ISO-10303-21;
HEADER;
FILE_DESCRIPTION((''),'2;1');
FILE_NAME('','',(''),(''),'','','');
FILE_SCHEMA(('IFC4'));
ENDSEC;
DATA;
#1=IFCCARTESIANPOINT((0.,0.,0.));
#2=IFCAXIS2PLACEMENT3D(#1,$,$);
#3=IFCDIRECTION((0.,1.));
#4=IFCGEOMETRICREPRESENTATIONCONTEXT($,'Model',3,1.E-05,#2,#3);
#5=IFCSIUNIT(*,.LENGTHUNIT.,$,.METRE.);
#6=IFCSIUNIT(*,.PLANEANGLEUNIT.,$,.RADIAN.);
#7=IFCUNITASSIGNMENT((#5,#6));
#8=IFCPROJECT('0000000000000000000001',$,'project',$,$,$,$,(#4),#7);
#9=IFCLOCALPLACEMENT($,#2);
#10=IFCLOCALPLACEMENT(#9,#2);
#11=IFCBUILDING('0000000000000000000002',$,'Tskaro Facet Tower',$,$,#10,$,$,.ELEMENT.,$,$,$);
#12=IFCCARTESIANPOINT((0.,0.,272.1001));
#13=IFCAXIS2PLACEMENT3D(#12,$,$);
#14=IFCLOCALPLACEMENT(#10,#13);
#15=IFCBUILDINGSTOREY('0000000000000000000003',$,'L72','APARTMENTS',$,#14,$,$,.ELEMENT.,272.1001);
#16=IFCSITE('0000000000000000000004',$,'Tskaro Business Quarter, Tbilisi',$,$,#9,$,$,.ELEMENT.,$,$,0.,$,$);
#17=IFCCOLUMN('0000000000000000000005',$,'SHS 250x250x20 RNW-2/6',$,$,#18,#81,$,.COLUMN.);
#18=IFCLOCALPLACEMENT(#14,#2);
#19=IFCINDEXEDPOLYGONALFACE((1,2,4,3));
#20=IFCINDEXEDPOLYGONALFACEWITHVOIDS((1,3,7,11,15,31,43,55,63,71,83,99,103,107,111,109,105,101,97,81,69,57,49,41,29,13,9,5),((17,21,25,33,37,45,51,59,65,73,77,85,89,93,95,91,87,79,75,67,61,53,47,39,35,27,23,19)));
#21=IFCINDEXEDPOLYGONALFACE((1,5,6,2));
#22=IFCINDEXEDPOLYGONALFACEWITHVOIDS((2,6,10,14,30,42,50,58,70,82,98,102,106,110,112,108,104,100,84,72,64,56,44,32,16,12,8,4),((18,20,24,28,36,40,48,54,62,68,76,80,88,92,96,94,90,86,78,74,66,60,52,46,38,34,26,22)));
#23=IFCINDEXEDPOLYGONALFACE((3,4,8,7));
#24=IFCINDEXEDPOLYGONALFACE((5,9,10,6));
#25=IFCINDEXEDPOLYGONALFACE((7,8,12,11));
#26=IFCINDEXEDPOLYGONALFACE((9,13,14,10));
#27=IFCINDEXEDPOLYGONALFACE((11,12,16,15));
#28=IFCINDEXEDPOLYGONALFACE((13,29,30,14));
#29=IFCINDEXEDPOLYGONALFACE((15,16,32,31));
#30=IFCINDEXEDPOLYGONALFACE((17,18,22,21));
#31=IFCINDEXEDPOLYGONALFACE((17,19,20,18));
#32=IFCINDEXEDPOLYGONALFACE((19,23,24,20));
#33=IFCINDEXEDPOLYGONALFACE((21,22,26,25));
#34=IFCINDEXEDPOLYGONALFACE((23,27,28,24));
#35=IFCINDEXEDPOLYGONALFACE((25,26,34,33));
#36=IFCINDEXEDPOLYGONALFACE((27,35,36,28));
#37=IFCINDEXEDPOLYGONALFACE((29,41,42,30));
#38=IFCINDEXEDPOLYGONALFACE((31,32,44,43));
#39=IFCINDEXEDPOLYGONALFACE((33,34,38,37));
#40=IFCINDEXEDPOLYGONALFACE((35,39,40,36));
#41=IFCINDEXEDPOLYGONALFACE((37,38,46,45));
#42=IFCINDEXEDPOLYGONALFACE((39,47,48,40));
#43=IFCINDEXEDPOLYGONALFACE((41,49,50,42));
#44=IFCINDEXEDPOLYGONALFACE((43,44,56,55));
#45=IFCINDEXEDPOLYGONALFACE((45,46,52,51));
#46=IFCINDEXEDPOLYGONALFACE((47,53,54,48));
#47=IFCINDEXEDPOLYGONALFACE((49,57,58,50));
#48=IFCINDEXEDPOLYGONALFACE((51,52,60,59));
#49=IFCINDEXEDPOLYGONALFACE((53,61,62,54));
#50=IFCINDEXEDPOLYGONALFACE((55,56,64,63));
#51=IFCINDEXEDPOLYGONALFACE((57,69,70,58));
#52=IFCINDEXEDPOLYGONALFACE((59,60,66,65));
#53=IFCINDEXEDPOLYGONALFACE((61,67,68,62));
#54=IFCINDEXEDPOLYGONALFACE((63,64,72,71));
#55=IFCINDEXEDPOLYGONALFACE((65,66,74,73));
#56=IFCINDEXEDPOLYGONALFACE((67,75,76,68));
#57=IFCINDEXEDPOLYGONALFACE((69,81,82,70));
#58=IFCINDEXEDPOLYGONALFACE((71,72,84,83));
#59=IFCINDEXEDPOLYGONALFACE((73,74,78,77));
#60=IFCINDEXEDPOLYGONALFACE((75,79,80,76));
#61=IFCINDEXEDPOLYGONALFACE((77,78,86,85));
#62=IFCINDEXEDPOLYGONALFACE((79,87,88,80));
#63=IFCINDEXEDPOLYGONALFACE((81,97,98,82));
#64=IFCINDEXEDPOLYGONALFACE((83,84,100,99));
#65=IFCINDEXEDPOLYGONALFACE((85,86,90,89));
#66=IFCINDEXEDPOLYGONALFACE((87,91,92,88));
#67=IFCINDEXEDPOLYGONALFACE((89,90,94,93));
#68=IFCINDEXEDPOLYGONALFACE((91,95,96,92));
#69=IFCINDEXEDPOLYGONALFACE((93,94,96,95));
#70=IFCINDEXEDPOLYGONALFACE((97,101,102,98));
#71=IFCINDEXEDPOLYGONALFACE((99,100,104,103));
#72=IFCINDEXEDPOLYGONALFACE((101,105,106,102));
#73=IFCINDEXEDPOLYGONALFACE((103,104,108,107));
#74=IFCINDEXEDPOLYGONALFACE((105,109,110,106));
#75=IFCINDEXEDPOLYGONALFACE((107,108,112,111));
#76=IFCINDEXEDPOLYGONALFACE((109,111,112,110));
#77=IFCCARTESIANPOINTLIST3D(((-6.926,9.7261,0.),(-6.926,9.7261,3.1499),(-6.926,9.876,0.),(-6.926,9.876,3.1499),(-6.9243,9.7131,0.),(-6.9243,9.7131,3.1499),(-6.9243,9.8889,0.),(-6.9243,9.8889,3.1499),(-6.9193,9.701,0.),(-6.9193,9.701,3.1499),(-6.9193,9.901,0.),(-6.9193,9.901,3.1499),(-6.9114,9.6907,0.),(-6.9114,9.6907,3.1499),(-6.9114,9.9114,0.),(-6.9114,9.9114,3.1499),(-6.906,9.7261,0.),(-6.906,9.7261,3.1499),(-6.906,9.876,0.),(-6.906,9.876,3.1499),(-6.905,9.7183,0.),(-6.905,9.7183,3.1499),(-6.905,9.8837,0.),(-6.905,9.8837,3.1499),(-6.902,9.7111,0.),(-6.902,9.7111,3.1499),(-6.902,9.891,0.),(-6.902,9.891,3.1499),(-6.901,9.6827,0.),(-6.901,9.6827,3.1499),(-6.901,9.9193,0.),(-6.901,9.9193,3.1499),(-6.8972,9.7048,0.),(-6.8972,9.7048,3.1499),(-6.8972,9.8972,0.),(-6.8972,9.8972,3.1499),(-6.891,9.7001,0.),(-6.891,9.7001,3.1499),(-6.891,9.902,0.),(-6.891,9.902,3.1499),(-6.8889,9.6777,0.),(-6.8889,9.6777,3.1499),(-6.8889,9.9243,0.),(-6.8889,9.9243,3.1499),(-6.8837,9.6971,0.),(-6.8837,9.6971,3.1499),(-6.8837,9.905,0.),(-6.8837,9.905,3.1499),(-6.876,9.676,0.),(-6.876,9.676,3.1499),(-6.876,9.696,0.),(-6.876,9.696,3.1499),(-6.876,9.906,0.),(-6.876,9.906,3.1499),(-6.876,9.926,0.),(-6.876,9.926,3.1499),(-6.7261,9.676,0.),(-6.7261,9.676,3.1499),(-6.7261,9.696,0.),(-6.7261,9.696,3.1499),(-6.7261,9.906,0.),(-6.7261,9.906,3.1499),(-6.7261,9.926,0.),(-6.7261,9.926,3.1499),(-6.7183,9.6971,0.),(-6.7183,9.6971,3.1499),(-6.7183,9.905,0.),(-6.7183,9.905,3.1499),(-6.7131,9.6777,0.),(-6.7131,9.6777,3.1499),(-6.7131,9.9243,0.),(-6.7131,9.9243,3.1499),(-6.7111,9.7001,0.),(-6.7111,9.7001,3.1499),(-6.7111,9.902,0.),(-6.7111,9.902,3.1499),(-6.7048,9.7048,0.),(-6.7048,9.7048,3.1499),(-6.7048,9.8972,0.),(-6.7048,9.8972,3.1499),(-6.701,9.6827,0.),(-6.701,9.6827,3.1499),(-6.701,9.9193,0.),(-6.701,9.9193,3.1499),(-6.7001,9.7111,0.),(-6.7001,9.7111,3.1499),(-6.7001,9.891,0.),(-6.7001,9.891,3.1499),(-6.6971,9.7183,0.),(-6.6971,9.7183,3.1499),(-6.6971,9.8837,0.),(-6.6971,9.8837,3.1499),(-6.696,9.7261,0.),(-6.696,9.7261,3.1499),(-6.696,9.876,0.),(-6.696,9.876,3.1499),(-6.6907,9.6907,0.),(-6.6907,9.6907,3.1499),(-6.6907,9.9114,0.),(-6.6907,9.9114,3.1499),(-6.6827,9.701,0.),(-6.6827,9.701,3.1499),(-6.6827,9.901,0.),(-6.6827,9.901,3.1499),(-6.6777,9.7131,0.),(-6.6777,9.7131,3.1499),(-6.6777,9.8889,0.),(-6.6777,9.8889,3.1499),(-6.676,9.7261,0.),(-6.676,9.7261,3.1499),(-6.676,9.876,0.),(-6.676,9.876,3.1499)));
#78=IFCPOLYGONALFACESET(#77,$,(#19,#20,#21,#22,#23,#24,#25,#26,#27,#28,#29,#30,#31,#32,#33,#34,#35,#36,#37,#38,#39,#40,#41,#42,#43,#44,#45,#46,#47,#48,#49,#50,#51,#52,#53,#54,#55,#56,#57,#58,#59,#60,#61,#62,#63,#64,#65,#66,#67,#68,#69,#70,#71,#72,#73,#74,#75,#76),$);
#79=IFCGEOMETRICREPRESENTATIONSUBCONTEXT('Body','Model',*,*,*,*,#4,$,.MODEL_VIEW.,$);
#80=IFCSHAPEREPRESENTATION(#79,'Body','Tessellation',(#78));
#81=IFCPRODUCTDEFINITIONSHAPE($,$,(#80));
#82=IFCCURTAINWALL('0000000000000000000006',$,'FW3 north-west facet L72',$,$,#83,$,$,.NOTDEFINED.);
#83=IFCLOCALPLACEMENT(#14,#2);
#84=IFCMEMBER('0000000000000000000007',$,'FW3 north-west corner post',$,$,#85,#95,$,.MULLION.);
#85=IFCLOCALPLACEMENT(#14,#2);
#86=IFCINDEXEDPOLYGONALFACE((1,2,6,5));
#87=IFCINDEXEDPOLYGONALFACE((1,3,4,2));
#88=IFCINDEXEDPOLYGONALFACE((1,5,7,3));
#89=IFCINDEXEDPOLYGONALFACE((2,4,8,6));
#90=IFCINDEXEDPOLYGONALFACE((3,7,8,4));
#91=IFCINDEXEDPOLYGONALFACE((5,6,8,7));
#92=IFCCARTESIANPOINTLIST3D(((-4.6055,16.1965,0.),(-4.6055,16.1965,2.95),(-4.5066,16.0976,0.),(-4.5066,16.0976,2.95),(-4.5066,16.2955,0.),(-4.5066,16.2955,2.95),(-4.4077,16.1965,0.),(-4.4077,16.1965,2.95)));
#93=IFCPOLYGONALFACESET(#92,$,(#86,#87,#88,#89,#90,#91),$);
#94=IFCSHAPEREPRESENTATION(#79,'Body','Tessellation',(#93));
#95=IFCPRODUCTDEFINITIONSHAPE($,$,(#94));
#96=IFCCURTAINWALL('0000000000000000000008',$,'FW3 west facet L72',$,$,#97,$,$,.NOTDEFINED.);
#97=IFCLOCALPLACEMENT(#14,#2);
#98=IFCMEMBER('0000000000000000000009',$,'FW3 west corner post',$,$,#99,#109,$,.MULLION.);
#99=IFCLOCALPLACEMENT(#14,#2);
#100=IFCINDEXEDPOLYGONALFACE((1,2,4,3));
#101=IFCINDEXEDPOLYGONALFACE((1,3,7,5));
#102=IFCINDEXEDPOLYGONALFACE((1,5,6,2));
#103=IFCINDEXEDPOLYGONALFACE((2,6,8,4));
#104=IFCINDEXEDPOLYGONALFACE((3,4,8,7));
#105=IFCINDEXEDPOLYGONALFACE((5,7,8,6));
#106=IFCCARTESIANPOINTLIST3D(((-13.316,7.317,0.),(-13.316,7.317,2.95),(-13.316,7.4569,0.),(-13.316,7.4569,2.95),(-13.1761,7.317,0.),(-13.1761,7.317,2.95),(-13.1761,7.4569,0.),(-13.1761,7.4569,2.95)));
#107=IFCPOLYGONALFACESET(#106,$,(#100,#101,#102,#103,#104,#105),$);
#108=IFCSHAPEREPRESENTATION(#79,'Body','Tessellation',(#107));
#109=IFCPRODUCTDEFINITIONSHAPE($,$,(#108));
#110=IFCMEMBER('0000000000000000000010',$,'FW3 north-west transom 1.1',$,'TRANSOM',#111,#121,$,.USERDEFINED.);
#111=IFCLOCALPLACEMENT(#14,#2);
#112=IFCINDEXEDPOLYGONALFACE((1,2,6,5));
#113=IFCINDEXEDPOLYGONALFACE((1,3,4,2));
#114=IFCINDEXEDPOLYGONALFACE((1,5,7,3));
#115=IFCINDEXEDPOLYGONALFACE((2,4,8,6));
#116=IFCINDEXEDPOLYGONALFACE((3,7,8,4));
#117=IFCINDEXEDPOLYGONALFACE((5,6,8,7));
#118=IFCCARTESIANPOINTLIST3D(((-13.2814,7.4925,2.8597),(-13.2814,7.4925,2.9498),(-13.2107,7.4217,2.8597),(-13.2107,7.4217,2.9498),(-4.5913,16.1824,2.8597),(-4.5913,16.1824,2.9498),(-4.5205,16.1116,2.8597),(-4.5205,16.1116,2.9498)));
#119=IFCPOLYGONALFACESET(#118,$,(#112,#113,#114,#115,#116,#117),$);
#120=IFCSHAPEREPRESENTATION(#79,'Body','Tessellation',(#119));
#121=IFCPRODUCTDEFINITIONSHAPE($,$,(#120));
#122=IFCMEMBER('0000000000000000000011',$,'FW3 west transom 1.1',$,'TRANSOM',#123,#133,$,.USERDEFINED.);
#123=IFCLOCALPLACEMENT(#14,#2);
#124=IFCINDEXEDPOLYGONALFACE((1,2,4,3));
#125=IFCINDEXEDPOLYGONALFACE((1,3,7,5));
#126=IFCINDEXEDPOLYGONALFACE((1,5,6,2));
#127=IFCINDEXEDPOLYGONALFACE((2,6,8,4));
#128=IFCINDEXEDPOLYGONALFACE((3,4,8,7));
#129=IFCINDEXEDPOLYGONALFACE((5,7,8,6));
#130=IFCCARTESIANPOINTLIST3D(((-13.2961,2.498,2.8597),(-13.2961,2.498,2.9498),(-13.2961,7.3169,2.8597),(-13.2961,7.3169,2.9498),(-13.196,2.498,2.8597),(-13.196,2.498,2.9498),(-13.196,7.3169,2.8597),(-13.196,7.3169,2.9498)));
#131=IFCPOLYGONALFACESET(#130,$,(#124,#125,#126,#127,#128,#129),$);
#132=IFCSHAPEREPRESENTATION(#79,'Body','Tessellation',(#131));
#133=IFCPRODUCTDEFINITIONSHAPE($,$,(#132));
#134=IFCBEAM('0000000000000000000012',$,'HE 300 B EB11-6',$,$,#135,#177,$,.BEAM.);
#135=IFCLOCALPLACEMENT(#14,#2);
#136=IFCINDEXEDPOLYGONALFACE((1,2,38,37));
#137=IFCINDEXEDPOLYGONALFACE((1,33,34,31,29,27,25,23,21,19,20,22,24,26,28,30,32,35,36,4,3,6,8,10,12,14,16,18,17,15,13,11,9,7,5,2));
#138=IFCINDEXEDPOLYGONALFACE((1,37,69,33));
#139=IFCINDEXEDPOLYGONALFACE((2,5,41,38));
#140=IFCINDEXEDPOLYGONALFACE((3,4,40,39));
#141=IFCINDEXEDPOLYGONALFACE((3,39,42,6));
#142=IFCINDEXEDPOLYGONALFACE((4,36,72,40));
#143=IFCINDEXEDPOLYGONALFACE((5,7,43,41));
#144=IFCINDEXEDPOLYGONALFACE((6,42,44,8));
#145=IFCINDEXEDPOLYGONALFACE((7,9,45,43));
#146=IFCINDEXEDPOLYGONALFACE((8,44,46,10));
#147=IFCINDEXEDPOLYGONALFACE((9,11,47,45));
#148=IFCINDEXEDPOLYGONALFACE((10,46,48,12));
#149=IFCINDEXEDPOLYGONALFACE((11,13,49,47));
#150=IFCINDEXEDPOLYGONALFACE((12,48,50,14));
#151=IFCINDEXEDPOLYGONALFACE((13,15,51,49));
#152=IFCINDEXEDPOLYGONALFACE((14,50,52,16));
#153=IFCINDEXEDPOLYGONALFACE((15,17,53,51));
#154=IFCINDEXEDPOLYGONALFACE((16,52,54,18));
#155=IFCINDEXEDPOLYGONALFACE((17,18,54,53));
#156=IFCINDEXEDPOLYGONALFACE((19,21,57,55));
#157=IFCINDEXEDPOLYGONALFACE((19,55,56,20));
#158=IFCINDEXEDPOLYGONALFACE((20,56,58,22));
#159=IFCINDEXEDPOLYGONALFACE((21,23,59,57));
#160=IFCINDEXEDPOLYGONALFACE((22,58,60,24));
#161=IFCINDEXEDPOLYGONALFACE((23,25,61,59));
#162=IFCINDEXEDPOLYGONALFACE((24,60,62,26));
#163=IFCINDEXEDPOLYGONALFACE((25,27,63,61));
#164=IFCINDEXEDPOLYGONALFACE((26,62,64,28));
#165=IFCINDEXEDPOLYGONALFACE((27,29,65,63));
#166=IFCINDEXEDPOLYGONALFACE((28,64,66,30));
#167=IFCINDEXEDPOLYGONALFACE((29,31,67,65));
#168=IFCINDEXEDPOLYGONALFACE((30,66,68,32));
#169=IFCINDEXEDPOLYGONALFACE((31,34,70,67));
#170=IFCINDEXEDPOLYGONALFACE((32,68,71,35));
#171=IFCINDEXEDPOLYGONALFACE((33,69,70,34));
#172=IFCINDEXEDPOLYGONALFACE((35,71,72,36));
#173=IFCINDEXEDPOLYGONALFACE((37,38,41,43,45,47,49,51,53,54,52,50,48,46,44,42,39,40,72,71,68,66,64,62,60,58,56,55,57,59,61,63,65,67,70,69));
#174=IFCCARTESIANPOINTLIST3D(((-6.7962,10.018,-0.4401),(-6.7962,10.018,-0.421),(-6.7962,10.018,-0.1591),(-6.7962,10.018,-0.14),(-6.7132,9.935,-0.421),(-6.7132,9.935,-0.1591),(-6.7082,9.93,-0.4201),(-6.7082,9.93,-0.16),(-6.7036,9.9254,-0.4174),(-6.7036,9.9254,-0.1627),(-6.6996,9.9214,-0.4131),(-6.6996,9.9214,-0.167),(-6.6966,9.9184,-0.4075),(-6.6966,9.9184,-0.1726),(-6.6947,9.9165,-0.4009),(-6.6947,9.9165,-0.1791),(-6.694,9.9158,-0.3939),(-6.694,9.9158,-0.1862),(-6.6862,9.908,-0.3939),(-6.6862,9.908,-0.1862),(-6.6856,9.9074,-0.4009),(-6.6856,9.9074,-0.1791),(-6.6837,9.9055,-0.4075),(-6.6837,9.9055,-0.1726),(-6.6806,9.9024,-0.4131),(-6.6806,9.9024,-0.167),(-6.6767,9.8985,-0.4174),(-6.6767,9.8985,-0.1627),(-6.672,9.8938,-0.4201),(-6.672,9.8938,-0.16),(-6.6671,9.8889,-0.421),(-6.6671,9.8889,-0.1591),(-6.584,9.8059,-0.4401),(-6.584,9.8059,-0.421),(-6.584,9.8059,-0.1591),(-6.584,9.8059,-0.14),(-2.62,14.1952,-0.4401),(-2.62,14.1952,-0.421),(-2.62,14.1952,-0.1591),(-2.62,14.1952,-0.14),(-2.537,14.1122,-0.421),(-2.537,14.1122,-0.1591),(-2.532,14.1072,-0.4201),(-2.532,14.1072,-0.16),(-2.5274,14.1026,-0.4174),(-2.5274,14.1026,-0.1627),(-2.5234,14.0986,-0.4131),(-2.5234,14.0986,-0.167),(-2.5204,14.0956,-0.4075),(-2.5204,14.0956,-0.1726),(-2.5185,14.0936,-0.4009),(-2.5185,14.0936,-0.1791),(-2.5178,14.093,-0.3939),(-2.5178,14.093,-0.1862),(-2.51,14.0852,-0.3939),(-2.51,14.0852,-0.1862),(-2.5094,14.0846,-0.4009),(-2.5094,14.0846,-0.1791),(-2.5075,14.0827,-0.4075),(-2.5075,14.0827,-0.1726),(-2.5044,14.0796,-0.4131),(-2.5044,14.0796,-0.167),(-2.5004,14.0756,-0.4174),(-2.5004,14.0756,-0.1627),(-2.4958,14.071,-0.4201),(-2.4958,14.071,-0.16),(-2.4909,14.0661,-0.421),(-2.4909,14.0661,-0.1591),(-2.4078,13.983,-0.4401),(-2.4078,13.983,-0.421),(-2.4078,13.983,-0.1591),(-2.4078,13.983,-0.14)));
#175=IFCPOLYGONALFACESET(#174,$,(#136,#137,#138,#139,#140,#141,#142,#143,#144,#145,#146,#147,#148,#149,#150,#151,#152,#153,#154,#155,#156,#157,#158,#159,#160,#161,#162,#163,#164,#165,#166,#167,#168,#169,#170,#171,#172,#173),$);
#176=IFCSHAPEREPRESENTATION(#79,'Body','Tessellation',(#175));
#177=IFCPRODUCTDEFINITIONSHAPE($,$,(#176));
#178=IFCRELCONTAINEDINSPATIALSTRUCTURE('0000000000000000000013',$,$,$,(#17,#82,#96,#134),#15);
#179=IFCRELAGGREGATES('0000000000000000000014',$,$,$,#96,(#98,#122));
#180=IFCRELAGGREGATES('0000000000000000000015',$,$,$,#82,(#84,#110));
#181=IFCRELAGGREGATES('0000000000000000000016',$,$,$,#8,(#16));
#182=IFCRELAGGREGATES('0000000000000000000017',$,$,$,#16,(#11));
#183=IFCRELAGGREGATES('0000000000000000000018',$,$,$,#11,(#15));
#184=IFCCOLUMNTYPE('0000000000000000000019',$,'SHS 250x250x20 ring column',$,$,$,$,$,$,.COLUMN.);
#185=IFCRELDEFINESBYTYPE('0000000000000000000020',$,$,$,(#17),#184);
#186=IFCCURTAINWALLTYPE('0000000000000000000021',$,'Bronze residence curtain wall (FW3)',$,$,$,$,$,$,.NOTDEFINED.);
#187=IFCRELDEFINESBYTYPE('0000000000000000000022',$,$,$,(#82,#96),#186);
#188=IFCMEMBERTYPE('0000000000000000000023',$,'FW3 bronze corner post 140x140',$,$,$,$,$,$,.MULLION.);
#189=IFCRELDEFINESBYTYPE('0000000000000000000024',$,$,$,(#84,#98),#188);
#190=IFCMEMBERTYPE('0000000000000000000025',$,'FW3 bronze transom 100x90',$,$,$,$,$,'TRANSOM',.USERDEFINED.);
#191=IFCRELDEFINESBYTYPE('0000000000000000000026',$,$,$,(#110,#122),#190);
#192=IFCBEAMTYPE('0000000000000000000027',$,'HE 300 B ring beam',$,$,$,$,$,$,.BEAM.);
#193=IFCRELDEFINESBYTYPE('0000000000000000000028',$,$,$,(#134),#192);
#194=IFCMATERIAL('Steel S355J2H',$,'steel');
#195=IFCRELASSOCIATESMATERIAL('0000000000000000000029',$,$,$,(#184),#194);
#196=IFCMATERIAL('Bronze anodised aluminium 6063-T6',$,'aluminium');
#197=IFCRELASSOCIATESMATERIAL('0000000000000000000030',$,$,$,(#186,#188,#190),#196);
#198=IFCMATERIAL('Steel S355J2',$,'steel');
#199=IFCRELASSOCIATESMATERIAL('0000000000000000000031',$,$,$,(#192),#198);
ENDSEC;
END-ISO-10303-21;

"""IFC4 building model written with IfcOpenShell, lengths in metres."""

from ifc_helpers import new_model, si_unit, direction, frame, origin, origin_2d, place, context, subcontext, project, spatial, rectangle, hollow_rectangle, i_section, extrude, material, material_profile, profile_set, type_object, element, aggregate, save


model = new_model("IFC4")

# Units and contexts
model_context = context("Model", 3, precision=1e-05, world=origin(), true_north=direction((0.0, 1.0)))
body_context = subcontext(model_context, "Body", "Model", "MODEL_VIEW")
ifc_project = project(units=[si_unit("LENGTHUNIT", "METRE"), si_unit("PLANEANGLEUNIT", "RADIAN")], contexts=[model_context])

# Site, building, storey
site_placement = place(None, origin())
site = spatial("IfcSite", under=ifc_project, at=site_placement, Name="Tskaro Business Quarter, Tbilisi", CompositionType="ELEMENT", RefElevation=0.0)
building_placement = place(site_placement, origin())
building = spatial("IfcBuilding", under=site, at=building_placement, Name="Tskaro Facet Tower", CompositionType="ELEMENT")
storey_placement = place(building_placement, frame((0.0, 0.0, 272.1001)))
storey = spatial("IfcBuildingStorey", under=building, at=storey_placement, Name="L72", Description="APARTMENTS", CompositionType="ELEMENT", Elevation=272.1001)

# Column
ifc_material_1 = material(Name="Steel S355J2", Category="steel")
ifc_material_2 = material(Name="Steel S355J2H", Category="steel")
ifc_material_profile_1 = material_profile(ifc_material_2, hollow_rectangle(XDim=0.25, YDim=0.25, WallThickness=0.02, InnerFilletRadius=0.03, OuterFilletRadius=0.05, at=origin_2d()), Name="SHS 250x250x20")
ifc_profile_set_1 = profile_set([ifc_material_profile_1], Name="Steel S355J2H")
column_type_1 = type_object("IfcColumnType", Name="SHS 250x250x20 ring column", PredefinedType="COLUMN", material=ifc_profile_set_1)
for number, where, z_axis, x_axis, name in (
    (1, (-6.801, 9.801, 0.0), (0.0, 0.0, 1.0), (1.0, 0.0, 0.0), "SHS 250x250x20 RNW-2/6"),
):
    element("IfcColumn", number, at=place(storey_placement, frame(where, z_axis=z_axis, x_axis=x_axis)), inside=storey, type_object=column_type_1, Name=name, PredefinedType="COLUMN", context=body_context, shape_type="SweptSolid", body=[
        extrude(hollow_rectangle(XDim=0.25, YDim=0.25, WallThickness=0.02, InnerFilletRadius=0.03, OuterFilletRadius=0.05, at=origin_2d()), origin(), (0.0, 0.0, 1.0), 3.1499),
    ])

# Curtain walls, members
ifc_material_3 = material(Name="Bronze anodised aluminium 6063-T6", Category="aluminium")
curtain_wall_type = type_object("IfcCurtainWallType", Name="Bronze residence curtain wall (FW3)", PredefinedType="NOTDEFINED", material=ifc_material_3)
curtain_wall_1_placement = place(storey_placement, origin())
curtain_wall_1 = element("IfcCurtainWall", 2, at=curtain_wall_1_placement, inside=storey, type_object=curtain_wall_type, Name="FW3 north-west facet L72", PredefinedType="NOTDEFINED")
ifc_material_profile_2 = material_profile(ifc_material_3, rectangle(XDim=0.1399, YDim=0.1399, at=origin_2d()), Name="Corner post 140x140")
ifc_profile_set_2 = profile_set([ifc_material_profile_2], Name="Bronze anodised aluminium 6063-T6")
member_type_1 = type_object("IfcMemberType", Name="FW3 bronze corner post 140x140", PredefinedType="MULLION", material=ifc_profile_set_2)
member_1_placement = place(storey_placement, frame((-4.5066, 16.1965, 0.0), z_axis=(0.0, 0.0, 1.0), x_axis=(-0.707107, -0.707107, 0.0)))
member_1 = element("IfcMember", 3, at=member_1_placement, type_object=member_type_1, Name="FW3 north-west corner post", PredefinedType="MULLION", context=body_context, shape_type="SweptSolid", body=[
    extrude(rectangle(XDim=0.1399, YDim=0.1399, at=origin_2d()), origin(), (0.0, 0.0, 1.0), 2.95),
])
curtain_wall_2_placement = place(storey_placement, origin())
curtain_wall_2 = element("IfcCurtainWall", 4, at=curtain_wall_2_placement, inside=storey, type_object=curtain_wall_type, Name="FW3 west facet L72", PredefinedType="NOTDEFINED")
member_2_placement = place(storey_placement, frame((-13.2461, 7.387, 0.0), z_axis=(0.0, 0.0, 1.0), x_axis=(0.0, -1.0, 0.0)))
member_2 = element("IfcMember", 5, at=member_2_placement, type_object=member_type_1, Name="FW3 west corner post", PredefinedType="MULLION", context=body_context, shape_type="SweptSolid", body=[
    extrude(rectangle(XDim=0.1399, YDim=0.1399, at=origin_2d()), origin(), (0.0, 0.0, 1.0), 2.95),
])

# Members
ifc_material_profile_3 = material_profile(ifc_material_3, rectangle(XDim=0.1001, YDim=0.0901, at=origin_2d()), Name="Transom 100x90")
ifc_profile_set_3 = profile_set([ifc_material_profile_3], Name="Bronze anodised aluminium 6063-T6")
member_type_2 = type_object("IfcMemberType", Name="FW3 bronze transom 100x90", ElementType="TRANSOM", PredefinedType="USERDEFINED", material=ifc_profile_set_3)
member_3_placement = place(storey_placement, frame((-4.5559, 16.147, 2.9048), z_axis=(-0.707117, -0.707097, 0.0), x_axis=(0.707097, -0.707117, 0.0)))
member_3 = element("IfcMember", 6, at=member_3_placement, type_object=member_type_2, Name="FW3 north-west transom 1.1", ObjectType="TRANSOM", PredefinedType="USERDEFINED", context=body_context, shape_type="SweptSolid", body=[
    extrude(rectangle(XDim=0.1001, YDim=0.0901, at=origin_2d()), origin(), (0.0, 0.0, 1.0), 12.2896),
])
member_4_placement = place(storey_placement, frame((-13.2461, 7.3169, 2.9048), z_axis=(0.0, -1.0, 0.0), x_axis=(1.0, 0.0, 0.0)))
member_4 = element("IfcMember", 7, at=member_4_placement, type_object=member_type_2, Name="FW3 west transom 1.1", ObjectType="TRANSOM", PredefinedType="USERDEFINED", context=body_context, shape_type="SweptSolid", body=[
    extrude(rectangle(XDim=0.1001, YDim=0.0901, at=origin_2d()), origin(), (0.0, 0.0, 1.0), 4.8188),
])
aggregate(curtain_wall_2, [member_2, member_4])

# Beam
ifc_material_profile_4 = material_profile(ifc_material_1, i_section(OverallWidth=0.3, OverallDepth=0.3, WebThickness=0.011, FlangeThickness=0.019, FilletRadius=0.0271, at=origin_2d()), Name="HE 300 B")
ifc_profile_set_4 = profile_set([ifc_material_profile_4], Name="Steel S355J2")
beam_type_1 = type_object("IfcBeamType", Name="HE 300 B ring beam", PredefinedType="BEAM", material=ifc_profile_set_4)
for number, where, z_axis, x_axis, name in (
    (8, (-2.5139, 14.0891, -0.29), (-0.707024, -0.707189, 0.0), (0.707189, -0.707024, 0.0), "HE 300 B EB11-6"),
):
    element("IfcBeam", number, at=place(storey_placement, frame(where, z_axis=z_axis, x_axis=x_axis)), inside=storey, type_object=beam_type_1, Name=name, PredefinedType="BEAM", context=body_context, shape_type="SweptSolid", body=[
        extrude(i_section(OverallWidth=0.3, OverallDepth=0.3, WebThickness=0.011, FlangeThickness=0.019, FilletRadius=0.0271, at=origin_2d()), origin(), (0.0, 0.0, 1.0), 5.9067),
    ])

aggregate(curtain_wall_1, [member_1, member_3])

save(model, "model.ifc")
